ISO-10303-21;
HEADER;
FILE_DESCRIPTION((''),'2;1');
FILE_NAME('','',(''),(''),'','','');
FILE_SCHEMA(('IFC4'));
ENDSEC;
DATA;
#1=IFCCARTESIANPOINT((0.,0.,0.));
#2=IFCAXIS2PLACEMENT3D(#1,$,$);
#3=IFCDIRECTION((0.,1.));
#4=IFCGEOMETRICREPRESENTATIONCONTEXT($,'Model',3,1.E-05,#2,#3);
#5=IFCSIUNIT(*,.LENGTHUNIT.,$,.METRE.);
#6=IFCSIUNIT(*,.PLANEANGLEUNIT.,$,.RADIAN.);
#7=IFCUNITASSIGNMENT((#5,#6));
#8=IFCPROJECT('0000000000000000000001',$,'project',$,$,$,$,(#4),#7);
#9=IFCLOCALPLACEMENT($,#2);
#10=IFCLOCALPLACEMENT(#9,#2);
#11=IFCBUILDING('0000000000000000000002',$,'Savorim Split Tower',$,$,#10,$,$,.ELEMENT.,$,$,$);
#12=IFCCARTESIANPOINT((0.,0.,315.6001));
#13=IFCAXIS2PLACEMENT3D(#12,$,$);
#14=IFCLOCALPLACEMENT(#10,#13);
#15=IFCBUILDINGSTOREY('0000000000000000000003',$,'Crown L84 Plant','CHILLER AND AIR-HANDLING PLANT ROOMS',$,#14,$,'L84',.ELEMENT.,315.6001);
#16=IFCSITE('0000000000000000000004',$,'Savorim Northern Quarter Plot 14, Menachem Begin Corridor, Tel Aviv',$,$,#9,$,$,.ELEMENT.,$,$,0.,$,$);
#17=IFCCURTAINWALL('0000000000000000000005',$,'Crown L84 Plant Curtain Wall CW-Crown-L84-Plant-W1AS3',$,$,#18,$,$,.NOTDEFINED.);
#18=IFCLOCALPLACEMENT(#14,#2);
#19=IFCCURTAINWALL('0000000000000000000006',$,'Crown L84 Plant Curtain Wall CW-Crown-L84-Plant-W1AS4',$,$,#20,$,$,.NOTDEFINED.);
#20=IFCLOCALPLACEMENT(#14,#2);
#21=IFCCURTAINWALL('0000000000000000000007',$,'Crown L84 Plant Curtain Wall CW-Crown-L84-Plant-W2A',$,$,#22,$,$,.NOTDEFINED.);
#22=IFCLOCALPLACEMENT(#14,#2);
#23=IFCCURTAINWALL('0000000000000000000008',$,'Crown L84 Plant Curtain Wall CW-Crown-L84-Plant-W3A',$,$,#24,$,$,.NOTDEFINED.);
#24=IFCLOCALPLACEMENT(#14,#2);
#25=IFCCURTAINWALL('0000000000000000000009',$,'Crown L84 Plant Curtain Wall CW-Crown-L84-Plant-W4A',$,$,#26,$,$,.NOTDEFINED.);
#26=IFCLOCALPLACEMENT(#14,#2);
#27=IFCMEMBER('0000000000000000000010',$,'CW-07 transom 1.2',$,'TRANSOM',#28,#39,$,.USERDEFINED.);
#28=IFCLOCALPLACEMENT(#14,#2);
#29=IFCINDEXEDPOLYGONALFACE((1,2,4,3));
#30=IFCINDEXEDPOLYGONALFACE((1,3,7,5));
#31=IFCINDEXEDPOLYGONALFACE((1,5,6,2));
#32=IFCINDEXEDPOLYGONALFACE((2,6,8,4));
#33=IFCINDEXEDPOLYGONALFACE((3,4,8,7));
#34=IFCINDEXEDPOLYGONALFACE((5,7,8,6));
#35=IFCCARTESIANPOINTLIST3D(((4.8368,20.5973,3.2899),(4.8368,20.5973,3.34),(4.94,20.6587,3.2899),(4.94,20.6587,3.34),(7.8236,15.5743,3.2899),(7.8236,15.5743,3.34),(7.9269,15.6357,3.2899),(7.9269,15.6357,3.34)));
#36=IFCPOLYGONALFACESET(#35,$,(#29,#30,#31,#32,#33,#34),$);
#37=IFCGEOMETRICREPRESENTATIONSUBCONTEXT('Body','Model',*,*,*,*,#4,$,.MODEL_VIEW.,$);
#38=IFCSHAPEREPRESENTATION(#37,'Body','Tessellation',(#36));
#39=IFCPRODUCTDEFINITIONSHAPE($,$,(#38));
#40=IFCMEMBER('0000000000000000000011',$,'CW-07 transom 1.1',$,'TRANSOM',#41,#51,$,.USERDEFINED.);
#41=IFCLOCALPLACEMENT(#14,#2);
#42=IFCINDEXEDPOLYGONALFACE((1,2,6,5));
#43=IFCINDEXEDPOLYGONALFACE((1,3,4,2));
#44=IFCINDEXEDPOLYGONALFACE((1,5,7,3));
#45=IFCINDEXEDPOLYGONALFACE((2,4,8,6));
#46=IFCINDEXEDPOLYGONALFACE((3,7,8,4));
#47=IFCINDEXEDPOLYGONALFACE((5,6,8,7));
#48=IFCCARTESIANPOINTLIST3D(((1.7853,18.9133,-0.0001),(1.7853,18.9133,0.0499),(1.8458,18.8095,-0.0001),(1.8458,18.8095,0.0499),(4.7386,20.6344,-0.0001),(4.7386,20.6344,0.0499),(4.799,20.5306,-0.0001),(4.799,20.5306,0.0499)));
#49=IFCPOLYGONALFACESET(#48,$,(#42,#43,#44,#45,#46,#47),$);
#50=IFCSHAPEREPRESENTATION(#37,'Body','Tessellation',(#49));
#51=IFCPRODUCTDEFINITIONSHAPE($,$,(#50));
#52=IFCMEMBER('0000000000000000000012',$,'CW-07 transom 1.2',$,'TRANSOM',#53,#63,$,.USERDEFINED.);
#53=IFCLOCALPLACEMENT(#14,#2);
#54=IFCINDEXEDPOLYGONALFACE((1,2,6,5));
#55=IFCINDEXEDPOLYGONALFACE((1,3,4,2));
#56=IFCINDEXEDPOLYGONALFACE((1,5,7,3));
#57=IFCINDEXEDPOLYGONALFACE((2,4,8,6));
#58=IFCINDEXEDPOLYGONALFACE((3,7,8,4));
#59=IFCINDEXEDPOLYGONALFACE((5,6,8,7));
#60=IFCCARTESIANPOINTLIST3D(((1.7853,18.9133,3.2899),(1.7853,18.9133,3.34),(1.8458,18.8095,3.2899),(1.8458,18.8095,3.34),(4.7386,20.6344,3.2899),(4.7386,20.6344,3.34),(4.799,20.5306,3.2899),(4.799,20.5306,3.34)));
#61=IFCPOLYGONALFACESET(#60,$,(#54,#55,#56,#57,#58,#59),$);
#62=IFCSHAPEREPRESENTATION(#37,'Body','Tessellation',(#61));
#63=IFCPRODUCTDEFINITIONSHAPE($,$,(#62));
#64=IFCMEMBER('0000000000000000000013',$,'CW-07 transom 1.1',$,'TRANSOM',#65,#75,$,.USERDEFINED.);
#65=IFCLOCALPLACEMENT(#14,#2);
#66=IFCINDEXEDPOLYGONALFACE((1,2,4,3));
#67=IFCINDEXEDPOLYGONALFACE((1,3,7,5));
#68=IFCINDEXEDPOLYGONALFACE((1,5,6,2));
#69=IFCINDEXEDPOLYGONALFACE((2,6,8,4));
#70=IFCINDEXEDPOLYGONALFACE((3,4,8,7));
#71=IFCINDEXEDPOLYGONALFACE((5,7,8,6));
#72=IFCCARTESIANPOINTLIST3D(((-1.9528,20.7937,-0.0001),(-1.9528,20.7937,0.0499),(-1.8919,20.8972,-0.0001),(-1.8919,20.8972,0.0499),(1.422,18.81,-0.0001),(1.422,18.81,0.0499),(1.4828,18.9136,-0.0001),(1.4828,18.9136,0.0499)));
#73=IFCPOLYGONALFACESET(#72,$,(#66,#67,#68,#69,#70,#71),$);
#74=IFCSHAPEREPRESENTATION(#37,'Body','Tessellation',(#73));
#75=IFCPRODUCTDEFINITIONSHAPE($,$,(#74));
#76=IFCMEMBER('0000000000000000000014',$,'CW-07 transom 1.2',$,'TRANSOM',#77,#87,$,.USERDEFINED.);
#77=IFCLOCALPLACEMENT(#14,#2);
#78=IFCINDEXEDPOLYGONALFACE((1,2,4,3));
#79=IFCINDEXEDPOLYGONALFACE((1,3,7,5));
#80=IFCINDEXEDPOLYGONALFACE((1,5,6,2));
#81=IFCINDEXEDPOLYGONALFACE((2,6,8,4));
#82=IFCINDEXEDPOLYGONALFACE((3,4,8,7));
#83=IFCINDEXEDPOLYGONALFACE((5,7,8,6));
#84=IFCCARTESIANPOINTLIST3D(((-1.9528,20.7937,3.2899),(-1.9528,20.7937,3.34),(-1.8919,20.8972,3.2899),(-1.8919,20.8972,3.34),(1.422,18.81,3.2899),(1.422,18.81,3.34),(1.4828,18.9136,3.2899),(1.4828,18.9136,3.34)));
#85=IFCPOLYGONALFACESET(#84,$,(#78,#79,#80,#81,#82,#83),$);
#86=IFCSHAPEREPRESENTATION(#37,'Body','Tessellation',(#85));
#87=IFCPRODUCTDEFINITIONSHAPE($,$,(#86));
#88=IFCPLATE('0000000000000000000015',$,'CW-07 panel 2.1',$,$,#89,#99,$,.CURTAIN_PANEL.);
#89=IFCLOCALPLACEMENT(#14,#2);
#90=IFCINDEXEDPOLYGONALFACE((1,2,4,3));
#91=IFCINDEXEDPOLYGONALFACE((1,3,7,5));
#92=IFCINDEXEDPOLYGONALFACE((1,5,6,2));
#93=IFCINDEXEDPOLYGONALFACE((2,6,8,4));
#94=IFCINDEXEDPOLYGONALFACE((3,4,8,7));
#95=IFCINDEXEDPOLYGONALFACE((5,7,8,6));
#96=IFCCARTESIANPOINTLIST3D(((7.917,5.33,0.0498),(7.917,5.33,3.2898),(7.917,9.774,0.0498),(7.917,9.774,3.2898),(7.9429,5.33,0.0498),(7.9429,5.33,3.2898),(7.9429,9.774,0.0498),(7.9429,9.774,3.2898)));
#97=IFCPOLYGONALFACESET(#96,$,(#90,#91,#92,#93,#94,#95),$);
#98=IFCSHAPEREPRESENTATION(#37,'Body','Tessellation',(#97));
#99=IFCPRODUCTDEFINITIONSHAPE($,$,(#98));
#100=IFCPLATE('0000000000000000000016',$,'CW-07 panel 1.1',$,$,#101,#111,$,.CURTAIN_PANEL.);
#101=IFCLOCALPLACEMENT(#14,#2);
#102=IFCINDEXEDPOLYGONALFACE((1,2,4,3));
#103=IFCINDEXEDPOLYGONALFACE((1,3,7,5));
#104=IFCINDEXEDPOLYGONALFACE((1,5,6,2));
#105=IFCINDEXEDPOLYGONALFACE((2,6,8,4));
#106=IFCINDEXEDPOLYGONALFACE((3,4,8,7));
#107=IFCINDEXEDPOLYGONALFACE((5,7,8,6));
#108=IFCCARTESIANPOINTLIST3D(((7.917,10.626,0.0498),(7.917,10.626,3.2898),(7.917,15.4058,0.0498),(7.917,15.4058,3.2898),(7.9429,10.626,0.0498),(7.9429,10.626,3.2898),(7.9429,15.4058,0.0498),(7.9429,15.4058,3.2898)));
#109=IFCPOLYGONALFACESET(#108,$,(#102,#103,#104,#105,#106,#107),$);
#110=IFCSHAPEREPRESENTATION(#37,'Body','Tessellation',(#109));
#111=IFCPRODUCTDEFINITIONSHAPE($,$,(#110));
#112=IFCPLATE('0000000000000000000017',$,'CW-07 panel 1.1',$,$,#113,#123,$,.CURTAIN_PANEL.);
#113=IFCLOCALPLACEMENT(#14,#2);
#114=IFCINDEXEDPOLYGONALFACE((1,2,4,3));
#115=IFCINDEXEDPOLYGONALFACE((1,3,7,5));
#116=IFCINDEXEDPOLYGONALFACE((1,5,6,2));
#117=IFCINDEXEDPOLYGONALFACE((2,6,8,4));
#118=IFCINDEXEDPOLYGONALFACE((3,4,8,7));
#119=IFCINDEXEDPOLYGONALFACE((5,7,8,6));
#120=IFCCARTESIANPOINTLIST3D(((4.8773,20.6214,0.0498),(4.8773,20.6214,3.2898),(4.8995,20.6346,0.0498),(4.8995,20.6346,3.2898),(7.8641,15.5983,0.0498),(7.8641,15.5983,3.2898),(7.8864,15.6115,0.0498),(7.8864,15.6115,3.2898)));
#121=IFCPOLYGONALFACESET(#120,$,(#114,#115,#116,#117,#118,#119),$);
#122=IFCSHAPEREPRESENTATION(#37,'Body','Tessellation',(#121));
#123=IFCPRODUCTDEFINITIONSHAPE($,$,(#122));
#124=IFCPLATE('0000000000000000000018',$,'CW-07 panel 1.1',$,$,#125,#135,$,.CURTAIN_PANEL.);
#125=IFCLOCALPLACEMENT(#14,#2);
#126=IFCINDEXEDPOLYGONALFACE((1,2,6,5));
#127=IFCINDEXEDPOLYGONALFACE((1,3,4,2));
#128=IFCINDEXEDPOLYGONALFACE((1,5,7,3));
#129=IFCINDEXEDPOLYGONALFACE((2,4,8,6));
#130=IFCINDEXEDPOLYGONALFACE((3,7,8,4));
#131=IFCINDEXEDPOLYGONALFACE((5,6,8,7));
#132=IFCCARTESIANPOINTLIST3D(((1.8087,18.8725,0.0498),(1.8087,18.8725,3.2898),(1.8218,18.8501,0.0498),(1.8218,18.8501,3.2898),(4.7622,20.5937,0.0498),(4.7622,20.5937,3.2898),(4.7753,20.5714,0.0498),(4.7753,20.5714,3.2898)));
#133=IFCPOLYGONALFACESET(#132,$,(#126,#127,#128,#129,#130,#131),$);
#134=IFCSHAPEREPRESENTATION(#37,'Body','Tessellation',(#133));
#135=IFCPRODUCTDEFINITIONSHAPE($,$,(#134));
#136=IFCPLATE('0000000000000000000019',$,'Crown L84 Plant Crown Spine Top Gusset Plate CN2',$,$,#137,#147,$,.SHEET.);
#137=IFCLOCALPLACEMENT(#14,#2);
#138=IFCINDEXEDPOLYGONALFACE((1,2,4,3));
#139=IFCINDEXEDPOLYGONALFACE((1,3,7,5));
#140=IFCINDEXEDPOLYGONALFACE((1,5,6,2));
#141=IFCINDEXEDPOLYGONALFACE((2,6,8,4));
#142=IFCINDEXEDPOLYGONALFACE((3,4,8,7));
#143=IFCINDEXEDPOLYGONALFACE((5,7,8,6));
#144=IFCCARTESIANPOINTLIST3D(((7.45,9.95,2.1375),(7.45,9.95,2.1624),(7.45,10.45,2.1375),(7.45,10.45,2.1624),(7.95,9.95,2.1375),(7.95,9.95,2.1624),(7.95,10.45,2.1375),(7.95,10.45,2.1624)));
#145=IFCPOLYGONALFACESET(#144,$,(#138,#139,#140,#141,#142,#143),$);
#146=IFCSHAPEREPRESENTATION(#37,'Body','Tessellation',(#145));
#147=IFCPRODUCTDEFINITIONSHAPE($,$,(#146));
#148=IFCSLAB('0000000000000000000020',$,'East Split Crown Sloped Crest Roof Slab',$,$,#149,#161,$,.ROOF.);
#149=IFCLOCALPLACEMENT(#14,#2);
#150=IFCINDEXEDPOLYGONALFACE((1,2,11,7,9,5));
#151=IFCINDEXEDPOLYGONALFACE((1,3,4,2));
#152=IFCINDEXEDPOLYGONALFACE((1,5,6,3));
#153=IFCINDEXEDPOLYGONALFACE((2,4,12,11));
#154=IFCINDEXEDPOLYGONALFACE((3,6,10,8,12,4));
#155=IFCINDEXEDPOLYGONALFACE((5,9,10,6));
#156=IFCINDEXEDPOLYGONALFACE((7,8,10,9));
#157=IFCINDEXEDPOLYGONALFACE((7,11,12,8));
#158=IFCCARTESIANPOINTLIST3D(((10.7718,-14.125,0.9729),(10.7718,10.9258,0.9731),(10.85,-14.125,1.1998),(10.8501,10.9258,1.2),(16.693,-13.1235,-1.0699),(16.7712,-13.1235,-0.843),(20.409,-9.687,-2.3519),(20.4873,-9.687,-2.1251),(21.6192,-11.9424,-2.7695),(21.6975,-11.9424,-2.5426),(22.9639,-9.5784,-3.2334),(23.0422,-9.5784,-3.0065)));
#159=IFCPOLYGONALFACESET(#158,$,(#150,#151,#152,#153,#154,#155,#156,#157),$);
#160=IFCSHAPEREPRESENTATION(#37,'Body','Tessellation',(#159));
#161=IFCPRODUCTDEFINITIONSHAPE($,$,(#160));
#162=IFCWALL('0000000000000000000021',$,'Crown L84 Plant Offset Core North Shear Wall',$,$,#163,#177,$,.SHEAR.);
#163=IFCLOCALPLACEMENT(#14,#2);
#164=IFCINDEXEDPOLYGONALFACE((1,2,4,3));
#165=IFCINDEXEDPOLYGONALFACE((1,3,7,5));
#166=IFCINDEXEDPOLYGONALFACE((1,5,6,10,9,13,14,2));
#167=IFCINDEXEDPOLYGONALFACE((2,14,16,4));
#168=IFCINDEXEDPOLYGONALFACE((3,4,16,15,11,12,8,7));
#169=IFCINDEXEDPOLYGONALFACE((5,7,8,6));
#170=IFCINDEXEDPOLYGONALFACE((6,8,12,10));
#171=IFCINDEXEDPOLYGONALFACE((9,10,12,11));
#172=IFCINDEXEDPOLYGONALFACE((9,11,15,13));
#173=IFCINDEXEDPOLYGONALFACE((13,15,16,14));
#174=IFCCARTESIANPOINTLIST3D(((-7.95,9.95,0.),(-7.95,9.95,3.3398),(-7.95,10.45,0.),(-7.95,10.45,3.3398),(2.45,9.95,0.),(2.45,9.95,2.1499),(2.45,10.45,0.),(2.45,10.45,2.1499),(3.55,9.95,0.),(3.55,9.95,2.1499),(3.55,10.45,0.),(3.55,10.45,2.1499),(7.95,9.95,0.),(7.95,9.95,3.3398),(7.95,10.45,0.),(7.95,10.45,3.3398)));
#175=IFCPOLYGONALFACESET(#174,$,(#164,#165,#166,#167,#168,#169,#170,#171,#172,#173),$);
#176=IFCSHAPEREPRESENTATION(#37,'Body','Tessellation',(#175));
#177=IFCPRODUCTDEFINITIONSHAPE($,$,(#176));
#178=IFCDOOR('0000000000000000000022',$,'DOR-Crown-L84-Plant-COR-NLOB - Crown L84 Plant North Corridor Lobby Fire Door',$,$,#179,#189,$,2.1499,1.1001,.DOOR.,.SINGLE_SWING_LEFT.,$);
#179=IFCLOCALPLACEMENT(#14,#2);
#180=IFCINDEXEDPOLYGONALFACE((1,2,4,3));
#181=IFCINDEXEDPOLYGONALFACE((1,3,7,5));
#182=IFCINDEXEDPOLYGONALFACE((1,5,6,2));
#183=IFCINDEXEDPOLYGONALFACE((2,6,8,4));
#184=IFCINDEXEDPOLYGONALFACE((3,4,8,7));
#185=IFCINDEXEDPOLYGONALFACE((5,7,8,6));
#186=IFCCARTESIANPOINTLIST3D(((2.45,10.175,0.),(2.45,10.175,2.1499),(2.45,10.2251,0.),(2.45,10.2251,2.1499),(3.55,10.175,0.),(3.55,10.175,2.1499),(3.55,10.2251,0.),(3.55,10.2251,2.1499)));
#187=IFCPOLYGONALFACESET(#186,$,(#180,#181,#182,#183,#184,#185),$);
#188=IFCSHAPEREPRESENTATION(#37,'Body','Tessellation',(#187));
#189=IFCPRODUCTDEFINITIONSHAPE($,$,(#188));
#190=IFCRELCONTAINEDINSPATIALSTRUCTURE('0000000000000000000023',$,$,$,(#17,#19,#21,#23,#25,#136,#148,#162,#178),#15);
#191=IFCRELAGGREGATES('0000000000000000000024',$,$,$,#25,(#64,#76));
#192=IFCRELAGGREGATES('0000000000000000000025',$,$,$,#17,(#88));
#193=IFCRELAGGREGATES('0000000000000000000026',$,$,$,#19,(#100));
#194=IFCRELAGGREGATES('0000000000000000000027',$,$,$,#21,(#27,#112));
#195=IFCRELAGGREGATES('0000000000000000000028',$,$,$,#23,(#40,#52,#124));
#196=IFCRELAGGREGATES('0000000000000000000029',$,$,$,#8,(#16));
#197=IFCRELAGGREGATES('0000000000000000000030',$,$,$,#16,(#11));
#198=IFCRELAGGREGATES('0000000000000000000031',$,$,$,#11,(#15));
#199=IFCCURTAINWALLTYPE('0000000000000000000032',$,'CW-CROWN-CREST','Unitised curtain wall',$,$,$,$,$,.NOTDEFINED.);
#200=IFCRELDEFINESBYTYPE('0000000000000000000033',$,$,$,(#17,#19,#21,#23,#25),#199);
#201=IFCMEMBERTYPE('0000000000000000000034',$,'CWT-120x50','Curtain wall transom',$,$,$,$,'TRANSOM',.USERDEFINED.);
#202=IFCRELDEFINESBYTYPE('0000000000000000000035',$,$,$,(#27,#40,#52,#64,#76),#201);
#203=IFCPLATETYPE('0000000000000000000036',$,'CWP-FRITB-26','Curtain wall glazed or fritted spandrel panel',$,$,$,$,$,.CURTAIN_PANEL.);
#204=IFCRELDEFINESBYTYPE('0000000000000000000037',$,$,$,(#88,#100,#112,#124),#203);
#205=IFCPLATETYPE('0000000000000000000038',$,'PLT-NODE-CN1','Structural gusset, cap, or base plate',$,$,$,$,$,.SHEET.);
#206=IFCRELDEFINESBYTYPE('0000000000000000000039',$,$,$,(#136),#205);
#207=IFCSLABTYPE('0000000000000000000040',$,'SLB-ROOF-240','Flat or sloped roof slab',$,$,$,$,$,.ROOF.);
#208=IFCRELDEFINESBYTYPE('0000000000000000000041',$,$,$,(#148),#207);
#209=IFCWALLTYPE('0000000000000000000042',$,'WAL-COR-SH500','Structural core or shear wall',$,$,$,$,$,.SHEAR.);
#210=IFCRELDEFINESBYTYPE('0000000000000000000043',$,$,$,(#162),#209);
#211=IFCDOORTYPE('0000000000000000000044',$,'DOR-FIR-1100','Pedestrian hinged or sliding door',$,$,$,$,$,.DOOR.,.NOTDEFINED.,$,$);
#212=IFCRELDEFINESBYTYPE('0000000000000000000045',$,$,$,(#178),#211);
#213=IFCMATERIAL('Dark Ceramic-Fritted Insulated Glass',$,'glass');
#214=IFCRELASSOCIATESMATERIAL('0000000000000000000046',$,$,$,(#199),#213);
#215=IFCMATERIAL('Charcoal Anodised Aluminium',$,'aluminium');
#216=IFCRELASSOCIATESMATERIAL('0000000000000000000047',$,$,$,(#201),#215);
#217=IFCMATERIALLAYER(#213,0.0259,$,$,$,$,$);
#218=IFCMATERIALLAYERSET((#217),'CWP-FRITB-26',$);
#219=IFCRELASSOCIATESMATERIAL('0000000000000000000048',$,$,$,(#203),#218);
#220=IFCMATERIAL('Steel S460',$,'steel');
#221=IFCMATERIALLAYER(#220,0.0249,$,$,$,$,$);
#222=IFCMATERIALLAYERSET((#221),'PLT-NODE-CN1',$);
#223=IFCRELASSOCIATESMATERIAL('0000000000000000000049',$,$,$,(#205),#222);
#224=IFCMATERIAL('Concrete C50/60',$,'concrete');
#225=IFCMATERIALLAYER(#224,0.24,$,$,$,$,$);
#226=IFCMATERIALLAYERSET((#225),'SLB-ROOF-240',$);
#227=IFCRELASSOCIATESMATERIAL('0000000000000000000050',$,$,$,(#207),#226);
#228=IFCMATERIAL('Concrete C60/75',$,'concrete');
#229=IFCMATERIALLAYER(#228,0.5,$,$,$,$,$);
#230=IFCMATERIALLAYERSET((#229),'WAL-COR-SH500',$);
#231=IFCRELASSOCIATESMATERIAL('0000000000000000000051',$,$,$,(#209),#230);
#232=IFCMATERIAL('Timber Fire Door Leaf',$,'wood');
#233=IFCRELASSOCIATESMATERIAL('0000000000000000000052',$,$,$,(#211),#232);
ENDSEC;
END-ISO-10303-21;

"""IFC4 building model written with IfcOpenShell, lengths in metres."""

from ifc_helpers import new_model, si_unit, direction, frame, frame_2d, origin, origin_2d, place, context, subcontext, project, spatial, polyline, rectangle, outline, extrude, material, layer, layer_set, material_profile, profile_set, type_object, element, fill, aggregate, save


model = new_model("IFC4")

# Units and contexts
model_context = context("Model", 3, precision=1e-05, world=origin(), true_north=direction((0.0, 1.0)))
body_context = subcontext(model_context, "Body", "Model", "MODEL_VIEW")
ifc_project = project(units=[si_unit("LENGTHUNIT", "METRE"), si_unit("PLANEANGLEUNIT", "RADIAN")], contexts=[model_context])

# Site, building, storey
site_placement = place(None, origin())
site = spatial("IfcSite", under=ifc_project, at=site_placement, Name="Savorim Northern Quarter Plot 14, Menachem Begin Corridor, Tel Aviv", CompositionType="ELEMENT", RefElevation=0.0)
building_placement = place(site_placement, origin())
building = spatial("IfcBuilding", under=site, at=building_placement, Name="Savorim Split Tower", CompositionType="ELEMENT")
storey_placement = place(building_placement, frame((0.0, 0.0, 315.6001)))
storey = spatial("IfcBuildingStorey", under=building, at=storey_placement, Name="Crown L84 Plant", Description="CHILLER AND AIR-HANDLING PLANT ROOMS", LongName="L84", CompositionType="ELEMENT", Elevation=315.6001)

# Curtain wall
ifc_material_1 = material(Name="Dark Ceramic-Fritted Insulated Glass", Category="glass")
curtain_wall_type = type_object("IfcCurtainWallType", Name="CW-CROWN-CREST", Description="Unitised curtain wall", PredefinedType="NOTDEFINED", material=ifc_material_1)
curtain_wall_1_placement = place(storey_placement, origin())
curtain_wall_1 = element("IfcCurtainWall", 1, at=curtain_wall_1_placement, inside=storey, type_object=curtain_wall_type, Name="Crown L84 Plant Curtain Wall CW-Crown-L84-Plant-W1AS3", PredefinedType="NOTDEFINED")
ifc_material_2 = material(Name="Charcoal Anodised Aluminium", Category="aluminium")

# Curtain walls
curtain_wall_2_placement = place(storey_placement, origin())
curtain_wall_2 = element("IfcCurtainWall", 2, at=curtain_wall_2_placement, inside=storey, type_object=curtain_wall_type, Name="Crown L84 Plant Curtain Wall CW-Crown-L84-Plant-W1AS4", PredefinedType="NOTDEFINED")
curtain_wall_3_placement = place(storey_placement, origin())
curtain_wall_3 = element("IfcCurtainWall", 3, at=curtain_wall_3_placement, inside=storey, type_object=curtain_wall_type, Name="Crown L84 Plant Curtain Wall CW-Crown-L84-Plant-W2A", PredefinedType="NOTDEFINED")
curtain_wall_4_placement = place(storey_placement, origin())
curtain_wall_4 = element("IfcCurtainWall", 4, at=curtain_wall_4_placement, inside=storey, type_object=curtain_wall_type, Name="Crown L84 Plant Curtain Wall CW-Crown-L84-Plant-W3A", PredefinedType="NOTDEFINED")

# Curtain wall
curtain_wall_5_placement = place(storey_placement, origin())
curtain_wall_5 = element("IfcCurtainWall", 5, at=curtain_wall_5_placement, inside=storey, type_object=curtain_wall_type, Name="Crown L84 Plant Curtain Wall CW-Crown-L84-Plant-W4A", PredefinedType="NOTDEFINED")

# Members
ifc_material_profile_1 = material_profile(ifc_material_2, rectangle(XDim=0.1201, YDim=0.05, at=origin_2d()), Name="ALU-T 120x50")
ifc_profile_set_1 = profile_set([ifc_material_profile_1], Name="Charcoal Anodised Aluminium")
member_type_1 = type_object("IfcMemberType", Name="CWT-120x50", Description="Curtain wall transom", ElementType="TRANSOM", PredefinedType="USERDEFINED", material=ifc_profile_set_1)
member_1_placement = place(storey_placement, frame((7.8752, 15.605, 3.3149), z_axis=(-0.5111, 0.859521, 0.0), x_axis=(-0.859521, -0.5111, 0.0)))
member_1 = element("IfcMember", 6, at=member_1_placement, type_object=member_type_1, Name="CW-07 transom 1.2", ObjectType="TRANSOM", PredefinedType="USERDEFINED", context=body_context, shape_type="SweptSolid", body=[
    extrude(rectangle(XDim=0.1201, YDim=0.05, at=origin_2d()), origin(), (0.0, 0.0, 1.0), 5.844),
])
member_2_placement = place(storey_placement, frame((4.7688, 20.5825, 0.0249), z_axis=(-0.863983, -0.50352, 0.0), x_axis=(0.50352, -0.863983, 0.0)))
member_2 = element("IfcMember", 7, at=member_2_placement, type_object=member_type_1, Name="CW-07 transom 1.1", ObjectType="TRANSOM", PredefinedType="USERDEFINED", context=body_context, shape_type="SweptSolid", body=[
    extrude(rectangle(XDim=0.1201, YDim=0.05, at=origin_2d()), origin(), (0.0, 0.0, 1.0), 3.4182),
])
member_3_placement = place(storey_placement, frame((4.7688, 20.5825, 3.3149), z_axis=(-0.863983, -0.50352, 0.0), x_axis=(0.50352, -0.863983, 0.0)))
member_3 = element("IfcMember", 8, at=member_3_placement, type_object=member_type_1, Name="CW-07 transom 1.2", ObjectType="TRANSOM", PredefinedType="USERDEFINED", context=body_context, shape_type="SweptSolid", body=[
    extrude(rectangle(XDim=0.1201, YDim=0.05, at=origin_2d()), origin(), (0.0, 0.0, 1.0), 3.4182),
])
member_4_placement = place(storey_placement, frame((1.4524, 18.8618, 0.0249), z_axis=(-0.862103, 0.506734, 0.0), x_axis=(-0.506734, -0.862103, 0.0)))
member_4 = element("IfcMember", 9, at=member_4_placement, type_object=member_type_1, Name="CW-07 transom 1.1", ObjectType="TRANSOM", PredefinedType="USERDEFINED", context=body_context, shape_type="SweptSolid", body=[
    extrude(rectangle(XDim=0.1201, YDim=0.05, at=origin_2d()), origin(), (0.0, 0.0, 1.0), 3.9146),
])
member_5_placement = place(storey_placement, frame((1.4524, 18.8618, 3.3149), z_axis=(-0.862103, 0.506734, 0.0), x_axis=(-0.506734, -0.862103, 0.0)))
member_5 = element("IfcMember", 10, at=member_5_placement, type_object=member_type_1, Name="CW-07 transom 1.2", ObjectType="TRANSOM", PredefinedType="USERDEFINED", context=body_context, shape_type="SweptSolid", body=[
    extrude(rectangle(XDim=0.1201, YDim=0.05, at=origin_2d()), origin(), (0.0, 0.0, 1.0), 3.9146),
])
aggregate(curtain_wall_5, [member_4, member_5])

# Plates
ifc_layer_1 = layer(ifc_material_1, 0.0259)
ifc_layer_set_1 = layer_set([ifc_layer_1], Name="CWP-FRITB-26")
plate_type_1 = type_object("IfcPlateType", Name="CWP-FRITB-26", Description="Curtain wall glazed or fritted spandrel panel", PredefinedType="CURTAIN_PANEL", material=ifc_layer_set_1)
plate_1_placement = place(storey_placement, frame((7.9299, 7.552, 0.0498), z_axis=(0.0, 0.0, 1.0), x_axis=(0.0, 1.0, 0.0)))
plate_1 = element("IfcPlate", 11, at=plate_1_placement, type_object=plate_type_1, Name="CW-07 panel 2.1", PredefinedType="CURTAIN_PANEL", context=body_context, shape_type="SweptSolid", body=[
    extrude(rectangle(XDim=4.4441, YDim=0.0259, at=origin_2d()), origin(), (0.0, 0.0, 1.0), 3.24),
])
aggregate(curtain_wall_1, [plate_1])
plate_2_placement = place(storey_placement, frame((7.9299, 13.0159, 0.0498), z_axis=(0.0, 0.0, 1.0), x_axis=(0.0, 1.0, 0.0)))
plate_2 = element("IfcPlate", 12, at=plate_2_placement, type_object=plate_type_1, Name="CW-07 panel 1.1", PredefinedType="CURTAIN_PANEL", context=body_context, shape_type="SweptSolid", body=[
    extrude(rectangle(XDim=4.7798, YDim=0.0259, at=origin_2d()), origin(), (0.0, 0.0, 1.0), 3.24),
])
aggregate(curtain_wall_2, [plate_2])
plate_3_placement = place(storey_placement, frame((6.3818, 18.1165, 0.0498), z_axis=(0.0, 0.0, 1.0), x_axis=(-0.511099, 0.859522, 0.0)))
plate_3 = element("IfcPlate", 13, at=plate_3_placement, type_object=plate_type_1, Name="CW-07 panel 1.1", PredefinedType="CURTAIN_PANEL", context=body_context, shape_type="SweptSolid", body=[
    extrude(rectangle(XDim=5.844, YDim=0.0259, at=origin_2d()), origin(), (0.0, 0.0, 1.0), 3.24),
])
aggregate(curtain_wall_3, [member_1, plate_3])
plate_4_placement = place(storey_placement, frame((3.292, 19.7219, 0.0498), z_axis=(0.0, 0.0, 1.0), x_axis=(-0.863984, -0.50352, 0.0)))
plate_4 = element("IfcPlate", 14, at=plate_4_placement, type_object=plate_type_1, Name="CW-07 panel 1.1", PredefinedType="CURTAIN_PANEL", context=body_context, shape_type="SweptSolid", body=[
    extrude(rectangle(XDim=3.4185, YDim=0.0259, at=origin_2d()), origin(), (0.0, 0.0, 1.0), 3.24),
])
aggregate(curtain_wall_4, [member_2, member_3, plate_4])
ifc_material_3 = material(Name="Steel S460", Category="steel")
ifc_layer_2 = layer(ifc_material_3, 0.0249)
ifc_layer_set_2 = layer_set([ifc_layer_2], Name="PLT-NODE-CN1")
plate_type_2 = type_object("IfcPlateType", Name="PLT-NODE-CN1", Description="Structural gusset, cap, or base plate", PredefinedType="SHEET", material=ifc_layer_set_2)
plate_5_placement = place(storey_placement, frame((7.7, 10.2, 2.1375), z_axis=(0.0, 0.0, 1.0), x_axis=(1.0, 0.0, 0.0)))
element("IfcPlate", 15, at=plate_5_placement, inside=storey, type_object=plate_type_2, Name="Crown L84 Plant Crown Spine Top Gusset Plate CN2", PredefinedType="SHEET", context=body_context, shape_type="SweptSolid", body=[
    extrude(rectangle(XDim=0.5, YDim=0.5, at=origin_2d()), origin(), (0.0, 0.0, 1.0), 0.0249),
])

# Slab
ifc_material_4 = material(Name="Concrete C50/60", Category="concrete")
ifc_layer_3 = layer(ifc_material_4, 0.24)
ifc_layer_set_3 = layer_set([ifc_layer_3], Name="SLB-ROOF-240")
slab_type = type_object("IfcSlabType", Name="SLB-ROOF-240", Description="Flat or sloped roof slab", PredefinedType="ROOF", material=ifc_layer_set_3)
slab_placement = place(storey_placement, frame((10.8501, 10.9258, 1.2), z_axis=(0.326139, -0.000006, 0.945322), x_axis=(-0.000002, -1.0, -0.000006)))
element("IfcSlab", 16, at=slab_placement, inside=storey, type_object=slab_type, Name="East Split Crown Sloped Crest Roof Slab", PredefinedType="ROOF", context=body_context, shape_type="SweptSolid", body=[
    extrude(outline(polyline([(0.0, 0.0), (25.0508, 0.0), (24.0493, 6.2637), (22.8682, 11.4748), (20.6128, 10.1947), (20.5042, 12.8973), (0.0, 0.0)])), origin(), (0.0, 0.0, -1.0), 0.24),
])

# Wall, opening, door
ifc_material_5 = material(Name="Concrete C60/75", Category="concrete")
ifc_layer_4 = layer(ifc_material_5, 0.5)
ifc_layer_set_4 = layer_set([ifc_layer_4], Name="WAL-COR-SH500")
wall_type = type_object("IfcWallType", Name="WAL-COR-SH500", Description="Structural core or shear wall", PredefinedType="SHEAR", material=ifc_layer_set_4)
wall_1_placement = place(storey_placement, frame((7.95, 10.2, 0.0), z_axis=(0.0, 0.0, 1.0), x_axis=(-1.0, 0.0, 0.0)))
wall_1 = element("IfcWall", 17, at=wall_1_placement, inside=storey, type_object=wall_type, Name="Crown L84 Plant Offset Core North Shear Wall", PredefinedType="SHEAR", context=body_context, shape_type="SweptSolid", body=[
    extrude(rectangle(XDim=15.8999, YDim=0.5, at=frame_2d((7.95, 0.0))), origin(), (0.0, 0.0, 1.0), 3.3398),
])
opening_placement = place(wall_1_placement, frame((4.3999, 0.0, 0.0)))
opening = element("IfcOpeningElement", 18, at=opening_placement, cuts=wall_1, PredefinedType="OPENING", context=body_context, shape_type="SweptSolid", body=[
    extrude(rectangle(XDim=1.1001, YDim=2.1499, at=frame_2d((0.55, 1.075))), frame((0.0, 0.26, 0.0), z_axis=(0.0, -1.0, 0.0), x_axis=(1.0, 0.0, 0.0)), (0.0, 0.0, 1.0), 0.52),
])
ifc_material_6 = material(Name="Timber Fire Door Leaf", Category="wood")
door_type = type_object("IfcDoorType", Name="DOR-FIR-1100", Description="Pedestrian hinged or sliding door", OperationType="NOTDEFINED", PredefinedType="DOOR", material=ifc_material_6)
door_placement = place(opening_placement, origin())
door = element("IfcDoor", 19, at=door_placement, inside=storey, type_object=door_type, Name="DOR-Crown-L84-Plant-COR-NLOB - Crown L84 Plant North Corridor Lobby Fire Door", OperationType="SINGLE_SWING_LEFT", OverallHeight=2.1499, OverallWidth=1.1001, PredefinedType="DOOR", context=body_context, shape_type="SweptSolid", body=[
    extrude(rectangle(XDim=1.1001, YDim=2.1499, at=frame_2d((0.55, 1.075))), frame((0.0, 0.0249, 0.0), z_axis=(0.0, -1.0, 0.0), x_axis=(1.0, 0.0, 0.0)), (0.0, 0.0, 1.0), 0.05),
])
fill(opening, door)

save(model, "model.ifc")
